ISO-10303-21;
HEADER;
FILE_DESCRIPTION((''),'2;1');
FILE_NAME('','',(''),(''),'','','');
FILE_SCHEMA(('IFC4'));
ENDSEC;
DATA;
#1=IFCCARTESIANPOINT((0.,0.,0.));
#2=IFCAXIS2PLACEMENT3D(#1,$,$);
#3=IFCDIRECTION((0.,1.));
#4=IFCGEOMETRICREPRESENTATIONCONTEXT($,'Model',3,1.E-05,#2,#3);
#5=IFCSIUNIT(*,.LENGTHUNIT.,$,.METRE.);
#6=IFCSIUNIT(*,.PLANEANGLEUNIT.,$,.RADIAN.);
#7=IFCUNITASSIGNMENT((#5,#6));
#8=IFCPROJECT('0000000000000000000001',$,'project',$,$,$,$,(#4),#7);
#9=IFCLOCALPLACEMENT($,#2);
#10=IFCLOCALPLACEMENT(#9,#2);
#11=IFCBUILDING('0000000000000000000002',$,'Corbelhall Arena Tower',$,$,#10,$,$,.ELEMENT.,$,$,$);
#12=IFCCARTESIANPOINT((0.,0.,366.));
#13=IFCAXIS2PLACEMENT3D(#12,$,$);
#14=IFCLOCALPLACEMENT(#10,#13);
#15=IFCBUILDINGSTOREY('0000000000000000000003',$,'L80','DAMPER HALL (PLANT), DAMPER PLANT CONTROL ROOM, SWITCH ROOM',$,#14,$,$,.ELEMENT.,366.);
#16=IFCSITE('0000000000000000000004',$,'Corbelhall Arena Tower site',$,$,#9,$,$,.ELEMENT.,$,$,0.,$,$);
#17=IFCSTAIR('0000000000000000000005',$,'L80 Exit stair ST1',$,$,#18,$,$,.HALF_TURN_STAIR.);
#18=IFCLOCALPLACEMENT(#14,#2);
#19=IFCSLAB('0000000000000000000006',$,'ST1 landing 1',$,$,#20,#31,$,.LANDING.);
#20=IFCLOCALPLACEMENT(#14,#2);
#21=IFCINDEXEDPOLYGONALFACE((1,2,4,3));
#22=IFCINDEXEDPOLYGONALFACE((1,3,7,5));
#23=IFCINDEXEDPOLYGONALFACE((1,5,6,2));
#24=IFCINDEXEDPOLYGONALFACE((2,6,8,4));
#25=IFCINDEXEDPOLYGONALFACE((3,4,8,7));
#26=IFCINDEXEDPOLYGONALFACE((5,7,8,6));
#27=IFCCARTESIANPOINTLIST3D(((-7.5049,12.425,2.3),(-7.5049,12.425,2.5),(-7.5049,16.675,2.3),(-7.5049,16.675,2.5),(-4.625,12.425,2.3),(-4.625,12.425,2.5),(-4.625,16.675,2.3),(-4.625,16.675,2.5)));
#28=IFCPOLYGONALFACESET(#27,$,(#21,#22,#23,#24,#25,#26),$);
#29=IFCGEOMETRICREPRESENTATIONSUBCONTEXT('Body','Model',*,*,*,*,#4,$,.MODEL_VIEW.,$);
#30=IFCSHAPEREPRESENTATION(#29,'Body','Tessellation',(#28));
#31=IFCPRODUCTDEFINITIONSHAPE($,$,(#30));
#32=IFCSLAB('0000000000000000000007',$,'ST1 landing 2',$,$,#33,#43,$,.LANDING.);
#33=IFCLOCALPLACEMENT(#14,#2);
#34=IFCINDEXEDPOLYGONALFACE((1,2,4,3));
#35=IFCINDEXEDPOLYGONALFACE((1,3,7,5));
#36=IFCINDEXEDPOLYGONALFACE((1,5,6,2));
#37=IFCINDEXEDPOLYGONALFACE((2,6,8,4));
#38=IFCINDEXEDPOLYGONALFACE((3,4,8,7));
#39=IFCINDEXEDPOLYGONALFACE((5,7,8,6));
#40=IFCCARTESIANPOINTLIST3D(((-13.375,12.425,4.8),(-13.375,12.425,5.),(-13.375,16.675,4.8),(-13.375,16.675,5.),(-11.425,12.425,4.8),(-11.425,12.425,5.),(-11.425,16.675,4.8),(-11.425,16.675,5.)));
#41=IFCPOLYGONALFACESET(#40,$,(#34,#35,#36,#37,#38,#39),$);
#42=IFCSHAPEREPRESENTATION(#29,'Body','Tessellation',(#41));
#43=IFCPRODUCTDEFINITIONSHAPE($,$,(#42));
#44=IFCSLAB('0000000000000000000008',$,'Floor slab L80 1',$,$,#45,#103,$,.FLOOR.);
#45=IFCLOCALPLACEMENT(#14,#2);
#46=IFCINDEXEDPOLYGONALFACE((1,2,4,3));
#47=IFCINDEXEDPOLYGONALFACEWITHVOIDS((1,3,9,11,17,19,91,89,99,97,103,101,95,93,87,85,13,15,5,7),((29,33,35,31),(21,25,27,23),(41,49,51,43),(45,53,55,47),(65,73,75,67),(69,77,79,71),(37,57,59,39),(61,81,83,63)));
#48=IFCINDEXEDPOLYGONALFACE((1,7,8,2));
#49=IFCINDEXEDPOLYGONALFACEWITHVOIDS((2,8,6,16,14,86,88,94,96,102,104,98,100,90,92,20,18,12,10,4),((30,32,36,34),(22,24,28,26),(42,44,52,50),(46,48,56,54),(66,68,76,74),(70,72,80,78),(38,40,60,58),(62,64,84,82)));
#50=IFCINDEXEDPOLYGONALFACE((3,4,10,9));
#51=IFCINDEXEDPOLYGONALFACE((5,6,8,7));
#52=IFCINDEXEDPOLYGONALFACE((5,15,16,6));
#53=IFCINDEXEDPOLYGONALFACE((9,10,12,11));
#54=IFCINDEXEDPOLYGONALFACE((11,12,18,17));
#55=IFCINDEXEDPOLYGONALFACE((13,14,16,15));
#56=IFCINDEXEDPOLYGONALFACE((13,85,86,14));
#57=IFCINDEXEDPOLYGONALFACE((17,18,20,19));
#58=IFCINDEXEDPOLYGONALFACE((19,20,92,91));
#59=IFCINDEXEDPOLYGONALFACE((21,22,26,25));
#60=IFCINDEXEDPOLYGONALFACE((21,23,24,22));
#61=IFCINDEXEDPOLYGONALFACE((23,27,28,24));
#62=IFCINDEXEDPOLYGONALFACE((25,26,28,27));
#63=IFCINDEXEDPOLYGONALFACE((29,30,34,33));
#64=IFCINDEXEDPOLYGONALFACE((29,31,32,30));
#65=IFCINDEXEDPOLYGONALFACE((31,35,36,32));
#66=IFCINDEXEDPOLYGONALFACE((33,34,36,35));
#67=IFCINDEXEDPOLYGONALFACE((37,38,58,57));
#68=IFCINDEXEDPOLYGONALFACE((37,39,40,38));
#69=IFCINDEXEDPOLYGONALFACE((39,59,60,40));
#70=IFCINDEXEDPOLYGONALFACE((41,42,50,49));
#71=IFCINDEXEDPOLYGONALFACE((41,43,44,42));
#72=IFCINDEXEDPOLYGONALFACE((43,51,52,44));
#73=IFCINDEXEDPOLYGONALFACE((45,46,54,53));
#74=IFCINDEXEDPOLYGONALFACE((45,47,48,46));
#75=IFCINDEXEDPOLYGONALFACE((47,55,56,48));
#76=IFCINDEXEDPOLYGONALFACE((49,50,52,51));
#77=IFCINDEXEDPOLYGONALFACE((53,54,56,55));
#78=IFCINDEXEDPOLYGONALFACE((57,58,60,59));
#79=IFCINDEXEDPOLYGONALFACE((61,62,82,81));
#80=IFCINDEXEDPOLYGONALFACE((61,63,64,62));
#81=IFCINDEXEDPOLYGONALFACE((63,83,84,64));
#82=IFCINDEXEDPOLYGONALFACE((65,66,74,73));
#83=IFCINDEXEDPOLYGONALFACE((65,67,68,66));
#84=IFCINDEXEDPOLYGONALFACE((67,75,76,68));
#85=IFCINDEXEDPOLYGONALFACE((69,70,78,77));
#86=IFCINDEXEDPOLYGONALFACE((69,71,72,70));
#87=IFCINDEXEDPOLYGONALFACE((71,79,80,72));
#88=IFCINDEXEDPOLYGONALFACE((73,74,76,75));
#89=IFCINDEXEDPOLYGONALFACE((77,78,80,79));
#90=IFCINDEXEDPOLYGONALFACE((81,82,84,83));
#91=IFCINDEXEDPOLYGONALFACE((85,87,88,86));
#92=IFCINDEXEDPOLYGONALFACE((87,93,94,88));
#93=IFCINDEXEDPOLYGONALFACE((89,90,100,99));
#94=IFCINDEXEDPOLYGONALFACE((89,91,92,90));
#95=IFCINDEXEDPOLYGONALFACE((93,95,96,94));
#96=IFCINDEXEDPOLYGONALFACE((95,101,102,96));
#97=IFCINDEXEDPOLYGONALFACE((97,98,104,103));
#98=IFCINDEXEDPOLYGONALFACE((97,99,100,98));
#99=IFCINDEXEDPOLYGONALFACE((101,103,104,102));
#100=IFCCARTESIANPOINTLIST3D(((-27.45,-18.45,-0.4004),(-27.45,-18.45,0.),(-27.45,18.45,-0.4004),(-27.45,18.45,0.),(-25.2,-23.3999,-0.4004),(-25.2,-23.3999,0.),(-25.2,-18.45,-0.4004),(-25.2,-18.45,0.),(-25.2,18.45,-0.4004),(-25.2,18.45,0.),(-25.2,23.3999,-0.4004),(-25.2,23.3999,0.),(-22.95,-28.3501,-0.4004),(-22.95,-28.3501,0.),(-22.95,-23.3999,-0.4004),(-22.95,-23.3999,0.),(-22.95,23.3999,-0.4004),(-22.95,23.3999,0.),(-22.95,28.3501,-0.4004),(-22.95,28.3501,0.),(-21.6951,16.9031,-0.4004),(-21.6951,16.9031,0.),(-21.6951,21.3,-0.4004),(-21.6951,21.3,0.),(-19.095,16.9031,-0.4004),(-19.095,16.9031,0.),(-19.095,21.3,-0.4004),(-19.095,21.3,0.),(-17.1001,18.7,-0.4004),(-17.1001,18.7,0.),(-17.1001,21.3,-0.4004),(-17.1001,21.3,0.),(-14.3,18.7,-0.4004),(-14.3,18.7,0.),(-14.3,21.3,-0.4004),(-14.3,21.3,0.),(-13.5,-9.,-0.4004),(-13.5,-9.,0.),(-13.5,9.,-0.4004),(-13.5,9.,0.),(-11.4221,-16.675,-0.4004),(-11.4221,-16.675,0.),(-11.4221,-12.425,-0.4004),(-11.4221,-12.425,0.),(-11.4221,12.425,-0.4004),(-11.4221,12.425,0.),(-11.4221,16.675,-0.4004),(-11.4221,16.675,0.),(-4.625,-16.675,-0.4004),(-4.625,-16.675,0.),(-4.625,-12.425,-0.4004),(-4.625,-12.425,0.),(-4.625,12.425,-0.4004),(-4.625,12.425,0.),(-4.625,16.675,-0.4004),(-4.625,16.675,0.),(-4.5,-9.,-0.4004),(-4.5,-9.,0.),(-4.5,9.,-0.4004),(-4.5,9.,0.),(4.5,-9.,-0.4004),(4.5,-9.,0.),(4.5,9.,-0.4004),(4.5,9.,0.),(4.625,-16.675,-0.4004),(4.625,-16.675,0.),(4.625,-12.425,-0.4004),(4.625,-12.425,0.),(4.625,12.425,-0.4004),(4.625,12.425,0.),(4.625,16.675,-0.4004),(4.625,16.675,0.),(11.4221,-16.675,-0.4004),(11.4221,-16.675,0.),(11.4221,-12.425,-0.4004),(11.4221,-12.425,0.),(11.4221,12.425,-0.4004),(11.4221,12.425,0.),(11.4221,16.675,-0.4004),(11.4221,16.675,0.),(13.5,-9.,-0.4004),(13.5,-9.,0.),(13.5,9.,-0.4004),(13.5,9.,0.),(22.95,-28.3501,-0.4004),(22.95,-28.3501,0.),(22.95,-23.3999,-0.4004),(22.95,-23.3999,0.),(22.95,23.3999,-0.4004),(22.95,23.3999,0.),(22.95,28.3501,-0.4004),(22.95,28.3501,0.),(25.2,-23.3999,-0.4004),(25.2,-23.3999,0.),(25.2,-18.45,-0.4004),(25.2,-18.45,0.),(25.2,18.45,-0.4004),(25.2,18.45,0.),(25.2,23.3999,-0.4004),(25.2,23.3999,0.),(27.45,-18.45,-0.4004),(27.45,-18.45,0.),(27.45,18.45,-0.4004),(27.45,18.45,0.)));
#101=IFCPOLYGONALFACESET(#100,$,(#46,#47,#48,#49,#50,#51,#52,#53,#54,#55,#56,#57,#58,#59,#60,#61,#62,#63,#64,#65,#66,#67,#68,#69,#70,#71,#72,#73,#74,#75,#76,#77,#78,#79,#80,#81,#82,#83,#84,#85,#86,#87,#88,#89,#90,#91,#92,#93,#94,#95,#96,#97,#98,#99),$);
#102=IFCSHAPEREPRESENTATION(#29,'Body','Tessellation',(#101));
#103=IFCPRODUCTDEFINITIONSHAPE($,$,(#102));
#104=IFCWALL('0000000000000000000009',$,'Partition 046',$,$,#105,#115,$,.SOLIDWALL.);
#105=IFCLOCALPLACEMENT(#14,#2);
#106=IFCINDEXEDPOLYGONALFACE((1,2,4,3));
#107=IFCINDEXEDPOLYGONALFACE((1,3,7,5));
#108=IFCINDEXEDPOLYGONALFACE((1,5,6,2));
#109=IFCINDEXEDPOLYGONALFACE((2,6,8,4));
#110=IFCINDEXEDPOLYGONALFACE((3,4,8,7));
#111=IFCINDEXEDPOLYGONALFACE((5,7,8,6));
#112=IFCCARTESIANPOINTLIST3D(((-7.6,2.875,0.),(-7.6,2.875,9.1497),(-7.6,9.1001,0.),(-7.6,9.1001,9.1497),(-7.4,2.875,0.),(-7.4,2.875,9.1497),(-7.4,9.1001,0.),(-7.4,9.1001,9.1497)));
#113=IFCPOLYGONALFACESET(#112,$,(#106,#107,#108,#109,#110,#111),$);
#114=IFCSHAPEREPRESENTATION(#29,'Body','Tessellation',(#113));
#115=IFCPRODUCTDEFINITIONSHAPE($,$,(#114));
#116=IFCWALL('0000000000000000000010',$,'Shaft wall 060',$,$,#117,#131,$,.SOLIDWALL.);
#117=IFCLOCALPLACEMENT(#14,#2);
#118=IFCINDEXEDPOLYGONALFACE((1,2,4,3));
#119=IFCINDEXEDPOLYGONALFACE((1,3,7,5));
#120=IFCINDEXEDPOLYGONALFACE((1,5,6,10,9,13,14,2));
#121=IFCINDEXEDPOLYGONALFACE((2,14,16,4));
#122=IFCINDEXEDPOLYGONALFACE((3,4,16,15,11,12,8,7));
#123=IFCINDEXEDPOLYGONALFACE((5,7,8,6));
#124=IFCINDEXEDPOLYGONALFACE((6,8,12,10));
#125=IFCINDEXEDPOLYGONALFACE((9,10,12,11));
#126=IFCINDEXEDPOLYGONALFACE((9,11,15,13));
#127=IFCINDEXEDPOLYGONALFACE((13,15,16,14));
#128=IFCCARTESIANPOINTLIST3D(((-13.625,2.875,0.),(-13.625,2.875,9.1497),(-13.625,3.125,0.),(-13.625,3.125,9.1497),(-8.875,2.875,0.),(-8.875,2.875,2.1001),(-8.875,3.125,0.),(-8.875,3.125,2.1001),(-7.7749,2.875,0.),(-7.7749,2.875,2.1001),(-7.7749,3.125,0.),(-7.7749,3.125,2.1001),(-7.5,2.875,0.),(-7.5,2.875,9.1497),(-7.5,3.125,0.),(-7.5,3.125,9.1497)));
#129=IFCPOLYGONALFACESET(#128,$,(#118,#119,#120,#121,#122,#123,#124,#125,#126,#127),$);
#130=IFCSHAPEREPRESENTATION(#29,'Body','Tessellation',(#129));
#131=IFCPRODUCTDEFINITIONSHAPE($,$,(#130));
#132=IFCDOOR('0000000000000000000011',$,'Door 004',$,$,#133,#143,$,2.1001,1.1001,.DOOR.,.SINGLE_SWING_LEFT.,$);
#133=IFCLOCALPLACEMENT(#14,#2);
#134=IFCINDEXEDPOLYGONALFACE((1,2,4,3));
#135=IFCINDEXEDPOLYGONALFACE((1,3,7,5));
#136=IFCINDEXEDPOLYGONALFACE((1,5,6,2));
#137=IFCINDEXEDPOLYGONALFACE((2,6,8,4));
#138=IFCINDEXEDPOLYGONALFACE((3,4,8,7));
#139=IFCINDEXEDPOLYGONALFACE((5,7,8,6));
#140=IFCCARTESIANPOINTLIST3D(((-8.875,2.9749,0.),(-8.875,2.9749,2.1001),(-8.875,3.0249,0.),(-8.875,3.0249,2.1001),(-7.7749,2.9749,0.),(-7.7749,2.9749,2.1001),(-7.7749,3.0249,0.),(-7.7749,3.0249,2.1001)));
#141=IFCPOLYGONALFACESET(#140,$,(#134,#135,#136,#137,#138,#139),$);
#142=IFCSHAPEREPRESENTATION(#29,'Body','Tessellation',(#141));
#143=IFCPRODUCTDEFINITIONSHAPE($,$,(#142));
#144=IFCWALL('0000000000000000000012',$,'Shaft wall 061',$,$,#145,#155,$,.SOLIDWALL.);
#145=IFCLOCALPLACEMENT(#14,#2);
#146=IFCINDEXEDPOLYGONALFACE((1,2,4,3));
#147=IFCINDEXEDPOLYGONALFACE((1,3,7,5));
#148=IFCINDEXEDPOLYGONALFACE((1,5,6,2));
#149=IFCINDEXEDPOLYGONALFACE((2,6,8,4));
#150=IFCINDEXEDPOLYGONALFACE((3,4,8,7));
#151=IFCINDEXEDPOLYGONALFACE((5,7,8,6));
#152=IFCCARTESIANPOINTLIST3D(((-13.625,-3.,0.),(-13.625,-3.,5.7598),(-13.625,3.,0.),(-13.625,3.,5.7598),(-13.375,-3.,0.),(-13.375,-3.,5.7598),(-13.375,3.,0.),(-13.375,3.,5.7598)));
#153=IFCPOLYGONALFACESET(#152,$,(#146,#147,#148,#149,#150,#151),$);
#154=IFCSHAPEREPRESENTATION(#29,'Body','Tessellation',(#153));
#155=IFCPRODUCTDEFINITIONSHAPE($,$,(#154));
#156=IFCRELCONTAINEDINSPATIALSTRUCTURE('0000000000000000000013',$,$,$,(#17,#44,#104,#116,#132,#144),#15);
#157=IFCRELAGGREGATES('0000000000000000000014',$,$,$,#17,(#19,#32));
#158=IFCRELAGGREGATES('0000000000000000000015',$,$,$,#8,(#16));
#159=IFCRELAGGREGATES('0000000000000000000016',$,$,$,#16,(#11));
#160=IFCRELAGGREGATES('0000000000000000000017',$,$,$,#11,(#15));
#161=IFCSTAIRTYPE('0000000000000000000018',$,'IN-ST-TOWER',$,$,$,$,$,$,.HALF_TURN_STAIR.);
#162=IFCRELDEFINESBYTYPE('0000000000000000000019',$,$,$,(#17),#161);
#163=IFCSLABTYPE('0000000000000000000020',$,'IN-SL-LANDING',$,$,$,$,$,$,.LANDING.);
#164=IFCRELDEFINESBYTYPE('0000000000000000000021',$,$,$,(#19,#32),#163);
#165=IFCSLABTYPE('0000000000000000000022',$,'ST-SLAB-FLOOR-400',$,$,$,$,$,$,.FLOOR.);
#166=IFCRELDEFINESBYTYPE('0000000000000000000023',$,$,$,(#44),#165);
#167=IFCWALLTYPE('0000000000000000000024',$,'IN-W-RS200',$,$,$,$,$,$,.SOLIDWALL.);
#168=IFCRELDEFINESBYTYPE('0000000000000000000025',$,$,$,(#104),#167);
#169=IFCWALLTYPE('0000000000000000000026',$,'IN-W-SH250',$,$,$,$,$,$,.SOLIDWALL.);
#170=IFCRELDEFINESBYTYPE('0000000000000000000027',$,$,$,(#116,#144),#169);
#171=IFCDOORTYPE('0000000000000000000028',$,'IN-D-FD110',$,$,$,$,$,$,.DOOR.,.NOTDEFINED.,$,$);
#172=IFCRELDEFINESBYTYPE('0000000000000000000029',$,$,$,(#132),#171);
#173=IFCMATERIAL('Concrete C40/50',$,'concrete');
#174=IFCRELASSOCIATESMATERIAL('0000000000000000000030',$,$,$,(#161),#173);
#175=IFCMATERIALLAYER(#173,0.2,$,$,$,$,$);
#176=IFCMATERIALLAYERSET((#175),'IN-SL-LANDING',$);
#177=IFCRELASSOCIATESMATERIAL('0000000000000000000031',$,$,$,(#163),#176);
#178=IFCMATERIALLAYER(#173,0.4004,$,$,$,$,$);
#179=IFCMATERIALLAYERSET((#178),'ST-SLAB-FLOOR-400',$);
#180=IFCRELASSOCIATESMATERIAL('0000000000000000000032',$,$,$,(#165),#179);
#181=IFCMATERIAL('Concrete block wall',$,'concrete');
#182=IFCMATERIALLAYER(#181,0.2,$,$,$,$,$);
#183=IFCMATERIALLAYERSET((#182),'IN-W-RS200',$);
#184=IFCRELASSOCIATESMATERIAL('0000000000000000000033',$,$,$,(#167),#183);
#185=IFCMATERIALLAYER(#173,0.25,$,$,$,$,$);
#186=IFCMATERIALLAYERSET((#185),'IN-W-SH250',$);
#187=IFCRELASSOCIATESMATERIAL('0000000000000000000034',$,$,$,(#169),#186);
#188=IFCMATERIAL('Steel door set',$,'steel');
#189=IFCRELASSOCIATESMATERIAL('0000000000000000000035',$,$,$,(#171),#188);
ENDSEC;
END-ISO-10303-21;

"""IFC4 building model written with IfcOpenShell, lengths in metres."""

from ifc_helpers import new_model, si_unit, direction, frame, frame_2d, origin, place, context, subcontext, project, spatial, polyline, rectangle, outline, extrude, material, layer, layer_set, type_object, element, fill, aggregate, save


model = new_model("IFC4")

# Units and contexts
model_context = context("Model", 3, precision=1e-05, world=origin(), true_north=direction((0.0, 1.0)))
body_context = subcontext(model_context, "Body", "Model", "MODEL_VIEW")
ifc_project = project(units=[si_unit("LENGTHUNIT", "METRE"), si_unit("PLANEANGLEUNIT", "RADIAN")], contexts=[model_context])

# Site, building, storey
site_placement = place(None, origin())
site = spatial("IfcSite", under=ifc_project, at=site_placement, Name="Corbelhall Arena Tower site", CompositionType="ELEMENT", RefElevation=0.0)
building_placement = place(site_placement, origin())
building = spatial("IfcBuilding", under=site, at=building_placement, Name="Corbelhall Arena Tower", CompositionType="ELEMENT")
storey_placement = place(building_placement, frame((0.0, 0.0, 366.0)))
storey = spatial("IfcBuildingStorey", under=building, at=storey_placement, Name="L80", Description="DAMPER HALL (PLANT), DAMPER PLANT CONTROL ROOM, SWITCH ROOM", CompositionType="ELEMENT", Elevation=366.0)

# Shared definitions
ifc_material_1 = material(Name="Concrete C40/50", Category="concrete")

# Stair, slabs
stair_type = type_object("IfcStairType", Name="IN-ST-TOWER", PredefinedType="HALF_TURN_STAIR", material=ifc_material_1)
stair_placement = place(storey_placement, origin())
stair = element("IfcStair", 1, at=stair_placement, inside=storey, type_object=stair_type, Name="L80 Exit stair ST1", PredefinedType="HALF_TURN_STAIR")
ifc_layer_1 = layer(ifc_material_1, 0.2)
ifc_layer_set_1 = layer_set([ifc_layer_1], Name="IN-SL-LANDING")
slab_type_1 = type_object("IfcSlabType", Name="IN-SL-LANDING", PredefinedType="LANDING", material=ifc_layer_set_1)
slab_1_placement = place(storey_placement, frame((0.0, 0.0, 2.3)))
slab_1 = element("IfcSlab", 2, at=slab_1_placement, type_object=slab_type_1, Name="ST1 landing 1", PredefinedType="LANDING", context=body_context, shape_type="SweptSolid", body=[
    extrude(outline(polyline([(-7.5049, 12.425), (-4.625, 12.425), (-4.625, 16.675), (-7.5049, 16.675), (-7.5049, 12.425)])), origin(), (0.0, 0.0, 1.0), 0.2),
])
slab_2_placement = place(storey_placement, frame((0.0, 0.0, 4.8)))
slab_2 = element("IfcSlab", 3, at=slab_2_placement, type_object=slab_type_1, Name="ST1 landing 2", PredefinedType="LANDING", context=body_context, shape_type="SweptSolid", body=[
    extrude(outline(polyline([(-13.375, 12.425), (-11.425, 12.425), (-11.425, 16.675), (-13.375, 16.675), (-13.375, 12.425)])), origin(), (0.0, 0.0, 1.0), 0.2),
])
aggregate(stair, [slab_1, slab_2])

# Slab
ifc_layer_2 = layer(ifc_material_1, 0.4004)
ifc_layer_set_2 = layer_set([ifc_layer_2], Name="ST-SLAB-FLOOR-400")
slab_type_2 = type_object("IfcSlabType", Name="ST-SLAB-FLOOR-400", PredefinedType="FLOOR", material=ifc_layer_set_2)
slab_3_placement = place(storey_placement, frame((0.0, 0.0, -0.4004)))
element("IfcSlab", 4, at=slab_3_placement, inside=storey, type_object=slab_type_2, Name="Floor slab L80 1", PredefinedType="FLOOR", context=body_context, shape_type="SweptSolid", body=[
    extrude(outline(polyline([(27.45, 18.45), (25.2, 18.45), (25.2, 23.3999), (22.95, 23.3999), (22.95, 28.3501), (-22.95, 28.3501), (-22.95, 23.3999), (-25.2, 23.3999), (-25.2, 18.45), (-27.45, 18.45), (-27.45, -18.45), (-25.2, -18.45), (-25.2, -23.3999), (-22.95, -23.3999), (-22.95, -28.3501), (22.95, -28.3501), (22.95, -23.3999), (25.2, -23.3999), (25.2, -18.45), (27.45, -18.45), (27.45, 18.45)]), holes=[polyline([(-13.5, 9.0), (-13.5, -9.0), (-4.5, -9.0), (-4.5, 9.0), (-13.5, 9.0)]), polyline([(4.5, 9.0), (4.5, -9.0), (13.5, -9.0), (13.5, 9.0), (4.5, 9.0)]), polyline([(-4.625, 16.675), (-11.4221, 16.675), (-11.4221, 12.425), (-4.625, 12.425), (-4.625, 16.675)]), polyline([(-4.625, -16.675), (-4.625, -12.425), (-11.4221, -12.425), (-11.4221, -16.675), (-4.625, -16.675)]), polyline([(11.4221, 16.675), (4.625, 16.675), (4.625, 12.425), (11.4221, 12.425), (11.4221, 16.675)]), polyline([(11.4221, -16.675), (11.4221, -12.425), (4.625, -12.425), (4.625, -16.675), (11.4221, -16.675)]), polyline([(-21.6951, 21.3), (-21.6951, 16.9031), (-19.095, 16.9031), (-19.095, 21.3), (-21.6951, 21.3)]), polyline([(-14.3, 21.3), (-17.1001, 21.3), (-17.1001, 18.7), (-14.3, 18.7), (-14.3, 21.3)])]), origin(), (0.0, 0.0, 1.0), 0.4004),
])

# Wall
ifc_material_2 = material(Name="Concrete block wall", Category="concrete")
ifc_layer_3 = layer(ifc_material_2, 0.2)
ifc_layer_set_3 = layer_set([ifc_layer_3], Name="IN-W-RS200")
wall_type_1 = type_object("IfcWallType", Name="IN-W-RS200", PredefinedType="SOLIDWALL", material=ifc_layer_set_3)
wall_1_placement = place(storey_placement, frame((-7.5, 2.875, 0.0), z_axis=(0.0, 0.0, 1.0), x_axis=(0.0, 1.0, 0.0)))
element("IfcWall", 5, at=wall_1_placement, inside=storey, type_object=wall_type_1, Name="Partition 046", PredefinedType="SOLIDWALL", context=body_context, shape_type="SweptSolid", body=[
    extrude(rectangle(XDim=6.2251, YDim=0.2, at=frame_2d((3.1125, 0.0))), origin(), (0.0, 0.0, 1.0), 9.1497),
])

# Wall, opening, door
ifc_layer_4 = layer(ifc_material_1, 0.25)
ifc_layer_set_4 = layer_set([ifc_layer_4], Name="IN-W-SH250")
wall_type_2 = type_object("IfcWallType", Name="IN-W-SH250", PredefinedType="SOLIDWALL", material=ifc_layer_set_4)
wall_2_placement = place(storey_placement, frame((-13.625, 3.0, 0.0), z_axis=(0.0, 0.0, 1.0), x_axis=(1.0, 0.0, 0.0)))
wall_2 = element("IfcWall", 6, at=wall_2_placement, inside=storey, type_object=wall_type_2, Name="Shaft wall 060", PredefinedType="SOLIDWALL", context=body_context, shape_type="SweptSolid", body=[
    extrude(rectangle(XDim=6.125, YDim=0.25, at=frame_2d((3.0625, 0.0))), origin(), (0.0, 0.0, 1.0), 9.1497),
])
opening_1_placement = place(wall_2_placement, frame((4.75, 0.0, 0.0)))
opening_1 = element("IfcOpeningElement", 7, at=opening_1_placement, cuts=wall_2, PredefinedType="OPENING", context=body_context, shape_type="SweptSolid", body=[
    extrude(rectangle(XDim=1.1001, YDim=2.1001, at=frame_2d((0.55, 1.05))), frame((0.0, 0.125, 0.0), z_axis=(0.0, -1.0, 0.0), x_axis=(1.0, 0.0, 0.0)), (0.0, 0.0, 1.0), 0.25),
])
ifc_material_3 = material(Name="Steel door set", Category="steel")
door_type_1 = type_object("IfcDoorType", Name="IN-D-FD110", OperationType="NOTDEFINED", PredefinedType="DOOR", material=ifc_material_3)
door_1_placement = place(opening_1_placement, origin())
door_1 = element("IfcDoor", 8, at=door_1_placement, inside=storey, type_object=door_type_1, Name="Door 004", OperationType="SINGLE_SWING_LEFT", OverallHeight=2.1001, OverallWidth=1.1001, PredefinedType="DOOR", context=body_context, shape_type="SweptSolid", body=[
    extrude(rectangle(XDim=1.1001, YDim=2.1001, at=frame_2d((0.55, 1.05))), frame((0.0, 0.0249, 0.0), z_axis=(0.0, -1.0, 0.0), x_axis=(1.0, 0.0, 0.0)), (0.0, 0.0, 1.0), 0.05),
])
fill(opening_1, door_1)

# Wall
wall_3_placement = place(storey_placement, frame((-13.5, -3.0, 0.0), z_axis=(0.0, 0.0, 1.0), x_axis=(0.0, 1.0, 0.0)))
element("IfcWall", 9, at=wall_3_placement, inside=storey, type_object=wall_type_2, Name="Shaft wall 061", PredefinedType="SOLIDWALL", context=body_context, shape_type="SweptSolid", body=[
    extrude(rectangle(XDim=6.0, YDim=0.25, at=frame_2d((3.0, 0.0))), origin(), (0.0, 0.0, 1.0), 5.7598),
])

save(model, "model.ifc")
